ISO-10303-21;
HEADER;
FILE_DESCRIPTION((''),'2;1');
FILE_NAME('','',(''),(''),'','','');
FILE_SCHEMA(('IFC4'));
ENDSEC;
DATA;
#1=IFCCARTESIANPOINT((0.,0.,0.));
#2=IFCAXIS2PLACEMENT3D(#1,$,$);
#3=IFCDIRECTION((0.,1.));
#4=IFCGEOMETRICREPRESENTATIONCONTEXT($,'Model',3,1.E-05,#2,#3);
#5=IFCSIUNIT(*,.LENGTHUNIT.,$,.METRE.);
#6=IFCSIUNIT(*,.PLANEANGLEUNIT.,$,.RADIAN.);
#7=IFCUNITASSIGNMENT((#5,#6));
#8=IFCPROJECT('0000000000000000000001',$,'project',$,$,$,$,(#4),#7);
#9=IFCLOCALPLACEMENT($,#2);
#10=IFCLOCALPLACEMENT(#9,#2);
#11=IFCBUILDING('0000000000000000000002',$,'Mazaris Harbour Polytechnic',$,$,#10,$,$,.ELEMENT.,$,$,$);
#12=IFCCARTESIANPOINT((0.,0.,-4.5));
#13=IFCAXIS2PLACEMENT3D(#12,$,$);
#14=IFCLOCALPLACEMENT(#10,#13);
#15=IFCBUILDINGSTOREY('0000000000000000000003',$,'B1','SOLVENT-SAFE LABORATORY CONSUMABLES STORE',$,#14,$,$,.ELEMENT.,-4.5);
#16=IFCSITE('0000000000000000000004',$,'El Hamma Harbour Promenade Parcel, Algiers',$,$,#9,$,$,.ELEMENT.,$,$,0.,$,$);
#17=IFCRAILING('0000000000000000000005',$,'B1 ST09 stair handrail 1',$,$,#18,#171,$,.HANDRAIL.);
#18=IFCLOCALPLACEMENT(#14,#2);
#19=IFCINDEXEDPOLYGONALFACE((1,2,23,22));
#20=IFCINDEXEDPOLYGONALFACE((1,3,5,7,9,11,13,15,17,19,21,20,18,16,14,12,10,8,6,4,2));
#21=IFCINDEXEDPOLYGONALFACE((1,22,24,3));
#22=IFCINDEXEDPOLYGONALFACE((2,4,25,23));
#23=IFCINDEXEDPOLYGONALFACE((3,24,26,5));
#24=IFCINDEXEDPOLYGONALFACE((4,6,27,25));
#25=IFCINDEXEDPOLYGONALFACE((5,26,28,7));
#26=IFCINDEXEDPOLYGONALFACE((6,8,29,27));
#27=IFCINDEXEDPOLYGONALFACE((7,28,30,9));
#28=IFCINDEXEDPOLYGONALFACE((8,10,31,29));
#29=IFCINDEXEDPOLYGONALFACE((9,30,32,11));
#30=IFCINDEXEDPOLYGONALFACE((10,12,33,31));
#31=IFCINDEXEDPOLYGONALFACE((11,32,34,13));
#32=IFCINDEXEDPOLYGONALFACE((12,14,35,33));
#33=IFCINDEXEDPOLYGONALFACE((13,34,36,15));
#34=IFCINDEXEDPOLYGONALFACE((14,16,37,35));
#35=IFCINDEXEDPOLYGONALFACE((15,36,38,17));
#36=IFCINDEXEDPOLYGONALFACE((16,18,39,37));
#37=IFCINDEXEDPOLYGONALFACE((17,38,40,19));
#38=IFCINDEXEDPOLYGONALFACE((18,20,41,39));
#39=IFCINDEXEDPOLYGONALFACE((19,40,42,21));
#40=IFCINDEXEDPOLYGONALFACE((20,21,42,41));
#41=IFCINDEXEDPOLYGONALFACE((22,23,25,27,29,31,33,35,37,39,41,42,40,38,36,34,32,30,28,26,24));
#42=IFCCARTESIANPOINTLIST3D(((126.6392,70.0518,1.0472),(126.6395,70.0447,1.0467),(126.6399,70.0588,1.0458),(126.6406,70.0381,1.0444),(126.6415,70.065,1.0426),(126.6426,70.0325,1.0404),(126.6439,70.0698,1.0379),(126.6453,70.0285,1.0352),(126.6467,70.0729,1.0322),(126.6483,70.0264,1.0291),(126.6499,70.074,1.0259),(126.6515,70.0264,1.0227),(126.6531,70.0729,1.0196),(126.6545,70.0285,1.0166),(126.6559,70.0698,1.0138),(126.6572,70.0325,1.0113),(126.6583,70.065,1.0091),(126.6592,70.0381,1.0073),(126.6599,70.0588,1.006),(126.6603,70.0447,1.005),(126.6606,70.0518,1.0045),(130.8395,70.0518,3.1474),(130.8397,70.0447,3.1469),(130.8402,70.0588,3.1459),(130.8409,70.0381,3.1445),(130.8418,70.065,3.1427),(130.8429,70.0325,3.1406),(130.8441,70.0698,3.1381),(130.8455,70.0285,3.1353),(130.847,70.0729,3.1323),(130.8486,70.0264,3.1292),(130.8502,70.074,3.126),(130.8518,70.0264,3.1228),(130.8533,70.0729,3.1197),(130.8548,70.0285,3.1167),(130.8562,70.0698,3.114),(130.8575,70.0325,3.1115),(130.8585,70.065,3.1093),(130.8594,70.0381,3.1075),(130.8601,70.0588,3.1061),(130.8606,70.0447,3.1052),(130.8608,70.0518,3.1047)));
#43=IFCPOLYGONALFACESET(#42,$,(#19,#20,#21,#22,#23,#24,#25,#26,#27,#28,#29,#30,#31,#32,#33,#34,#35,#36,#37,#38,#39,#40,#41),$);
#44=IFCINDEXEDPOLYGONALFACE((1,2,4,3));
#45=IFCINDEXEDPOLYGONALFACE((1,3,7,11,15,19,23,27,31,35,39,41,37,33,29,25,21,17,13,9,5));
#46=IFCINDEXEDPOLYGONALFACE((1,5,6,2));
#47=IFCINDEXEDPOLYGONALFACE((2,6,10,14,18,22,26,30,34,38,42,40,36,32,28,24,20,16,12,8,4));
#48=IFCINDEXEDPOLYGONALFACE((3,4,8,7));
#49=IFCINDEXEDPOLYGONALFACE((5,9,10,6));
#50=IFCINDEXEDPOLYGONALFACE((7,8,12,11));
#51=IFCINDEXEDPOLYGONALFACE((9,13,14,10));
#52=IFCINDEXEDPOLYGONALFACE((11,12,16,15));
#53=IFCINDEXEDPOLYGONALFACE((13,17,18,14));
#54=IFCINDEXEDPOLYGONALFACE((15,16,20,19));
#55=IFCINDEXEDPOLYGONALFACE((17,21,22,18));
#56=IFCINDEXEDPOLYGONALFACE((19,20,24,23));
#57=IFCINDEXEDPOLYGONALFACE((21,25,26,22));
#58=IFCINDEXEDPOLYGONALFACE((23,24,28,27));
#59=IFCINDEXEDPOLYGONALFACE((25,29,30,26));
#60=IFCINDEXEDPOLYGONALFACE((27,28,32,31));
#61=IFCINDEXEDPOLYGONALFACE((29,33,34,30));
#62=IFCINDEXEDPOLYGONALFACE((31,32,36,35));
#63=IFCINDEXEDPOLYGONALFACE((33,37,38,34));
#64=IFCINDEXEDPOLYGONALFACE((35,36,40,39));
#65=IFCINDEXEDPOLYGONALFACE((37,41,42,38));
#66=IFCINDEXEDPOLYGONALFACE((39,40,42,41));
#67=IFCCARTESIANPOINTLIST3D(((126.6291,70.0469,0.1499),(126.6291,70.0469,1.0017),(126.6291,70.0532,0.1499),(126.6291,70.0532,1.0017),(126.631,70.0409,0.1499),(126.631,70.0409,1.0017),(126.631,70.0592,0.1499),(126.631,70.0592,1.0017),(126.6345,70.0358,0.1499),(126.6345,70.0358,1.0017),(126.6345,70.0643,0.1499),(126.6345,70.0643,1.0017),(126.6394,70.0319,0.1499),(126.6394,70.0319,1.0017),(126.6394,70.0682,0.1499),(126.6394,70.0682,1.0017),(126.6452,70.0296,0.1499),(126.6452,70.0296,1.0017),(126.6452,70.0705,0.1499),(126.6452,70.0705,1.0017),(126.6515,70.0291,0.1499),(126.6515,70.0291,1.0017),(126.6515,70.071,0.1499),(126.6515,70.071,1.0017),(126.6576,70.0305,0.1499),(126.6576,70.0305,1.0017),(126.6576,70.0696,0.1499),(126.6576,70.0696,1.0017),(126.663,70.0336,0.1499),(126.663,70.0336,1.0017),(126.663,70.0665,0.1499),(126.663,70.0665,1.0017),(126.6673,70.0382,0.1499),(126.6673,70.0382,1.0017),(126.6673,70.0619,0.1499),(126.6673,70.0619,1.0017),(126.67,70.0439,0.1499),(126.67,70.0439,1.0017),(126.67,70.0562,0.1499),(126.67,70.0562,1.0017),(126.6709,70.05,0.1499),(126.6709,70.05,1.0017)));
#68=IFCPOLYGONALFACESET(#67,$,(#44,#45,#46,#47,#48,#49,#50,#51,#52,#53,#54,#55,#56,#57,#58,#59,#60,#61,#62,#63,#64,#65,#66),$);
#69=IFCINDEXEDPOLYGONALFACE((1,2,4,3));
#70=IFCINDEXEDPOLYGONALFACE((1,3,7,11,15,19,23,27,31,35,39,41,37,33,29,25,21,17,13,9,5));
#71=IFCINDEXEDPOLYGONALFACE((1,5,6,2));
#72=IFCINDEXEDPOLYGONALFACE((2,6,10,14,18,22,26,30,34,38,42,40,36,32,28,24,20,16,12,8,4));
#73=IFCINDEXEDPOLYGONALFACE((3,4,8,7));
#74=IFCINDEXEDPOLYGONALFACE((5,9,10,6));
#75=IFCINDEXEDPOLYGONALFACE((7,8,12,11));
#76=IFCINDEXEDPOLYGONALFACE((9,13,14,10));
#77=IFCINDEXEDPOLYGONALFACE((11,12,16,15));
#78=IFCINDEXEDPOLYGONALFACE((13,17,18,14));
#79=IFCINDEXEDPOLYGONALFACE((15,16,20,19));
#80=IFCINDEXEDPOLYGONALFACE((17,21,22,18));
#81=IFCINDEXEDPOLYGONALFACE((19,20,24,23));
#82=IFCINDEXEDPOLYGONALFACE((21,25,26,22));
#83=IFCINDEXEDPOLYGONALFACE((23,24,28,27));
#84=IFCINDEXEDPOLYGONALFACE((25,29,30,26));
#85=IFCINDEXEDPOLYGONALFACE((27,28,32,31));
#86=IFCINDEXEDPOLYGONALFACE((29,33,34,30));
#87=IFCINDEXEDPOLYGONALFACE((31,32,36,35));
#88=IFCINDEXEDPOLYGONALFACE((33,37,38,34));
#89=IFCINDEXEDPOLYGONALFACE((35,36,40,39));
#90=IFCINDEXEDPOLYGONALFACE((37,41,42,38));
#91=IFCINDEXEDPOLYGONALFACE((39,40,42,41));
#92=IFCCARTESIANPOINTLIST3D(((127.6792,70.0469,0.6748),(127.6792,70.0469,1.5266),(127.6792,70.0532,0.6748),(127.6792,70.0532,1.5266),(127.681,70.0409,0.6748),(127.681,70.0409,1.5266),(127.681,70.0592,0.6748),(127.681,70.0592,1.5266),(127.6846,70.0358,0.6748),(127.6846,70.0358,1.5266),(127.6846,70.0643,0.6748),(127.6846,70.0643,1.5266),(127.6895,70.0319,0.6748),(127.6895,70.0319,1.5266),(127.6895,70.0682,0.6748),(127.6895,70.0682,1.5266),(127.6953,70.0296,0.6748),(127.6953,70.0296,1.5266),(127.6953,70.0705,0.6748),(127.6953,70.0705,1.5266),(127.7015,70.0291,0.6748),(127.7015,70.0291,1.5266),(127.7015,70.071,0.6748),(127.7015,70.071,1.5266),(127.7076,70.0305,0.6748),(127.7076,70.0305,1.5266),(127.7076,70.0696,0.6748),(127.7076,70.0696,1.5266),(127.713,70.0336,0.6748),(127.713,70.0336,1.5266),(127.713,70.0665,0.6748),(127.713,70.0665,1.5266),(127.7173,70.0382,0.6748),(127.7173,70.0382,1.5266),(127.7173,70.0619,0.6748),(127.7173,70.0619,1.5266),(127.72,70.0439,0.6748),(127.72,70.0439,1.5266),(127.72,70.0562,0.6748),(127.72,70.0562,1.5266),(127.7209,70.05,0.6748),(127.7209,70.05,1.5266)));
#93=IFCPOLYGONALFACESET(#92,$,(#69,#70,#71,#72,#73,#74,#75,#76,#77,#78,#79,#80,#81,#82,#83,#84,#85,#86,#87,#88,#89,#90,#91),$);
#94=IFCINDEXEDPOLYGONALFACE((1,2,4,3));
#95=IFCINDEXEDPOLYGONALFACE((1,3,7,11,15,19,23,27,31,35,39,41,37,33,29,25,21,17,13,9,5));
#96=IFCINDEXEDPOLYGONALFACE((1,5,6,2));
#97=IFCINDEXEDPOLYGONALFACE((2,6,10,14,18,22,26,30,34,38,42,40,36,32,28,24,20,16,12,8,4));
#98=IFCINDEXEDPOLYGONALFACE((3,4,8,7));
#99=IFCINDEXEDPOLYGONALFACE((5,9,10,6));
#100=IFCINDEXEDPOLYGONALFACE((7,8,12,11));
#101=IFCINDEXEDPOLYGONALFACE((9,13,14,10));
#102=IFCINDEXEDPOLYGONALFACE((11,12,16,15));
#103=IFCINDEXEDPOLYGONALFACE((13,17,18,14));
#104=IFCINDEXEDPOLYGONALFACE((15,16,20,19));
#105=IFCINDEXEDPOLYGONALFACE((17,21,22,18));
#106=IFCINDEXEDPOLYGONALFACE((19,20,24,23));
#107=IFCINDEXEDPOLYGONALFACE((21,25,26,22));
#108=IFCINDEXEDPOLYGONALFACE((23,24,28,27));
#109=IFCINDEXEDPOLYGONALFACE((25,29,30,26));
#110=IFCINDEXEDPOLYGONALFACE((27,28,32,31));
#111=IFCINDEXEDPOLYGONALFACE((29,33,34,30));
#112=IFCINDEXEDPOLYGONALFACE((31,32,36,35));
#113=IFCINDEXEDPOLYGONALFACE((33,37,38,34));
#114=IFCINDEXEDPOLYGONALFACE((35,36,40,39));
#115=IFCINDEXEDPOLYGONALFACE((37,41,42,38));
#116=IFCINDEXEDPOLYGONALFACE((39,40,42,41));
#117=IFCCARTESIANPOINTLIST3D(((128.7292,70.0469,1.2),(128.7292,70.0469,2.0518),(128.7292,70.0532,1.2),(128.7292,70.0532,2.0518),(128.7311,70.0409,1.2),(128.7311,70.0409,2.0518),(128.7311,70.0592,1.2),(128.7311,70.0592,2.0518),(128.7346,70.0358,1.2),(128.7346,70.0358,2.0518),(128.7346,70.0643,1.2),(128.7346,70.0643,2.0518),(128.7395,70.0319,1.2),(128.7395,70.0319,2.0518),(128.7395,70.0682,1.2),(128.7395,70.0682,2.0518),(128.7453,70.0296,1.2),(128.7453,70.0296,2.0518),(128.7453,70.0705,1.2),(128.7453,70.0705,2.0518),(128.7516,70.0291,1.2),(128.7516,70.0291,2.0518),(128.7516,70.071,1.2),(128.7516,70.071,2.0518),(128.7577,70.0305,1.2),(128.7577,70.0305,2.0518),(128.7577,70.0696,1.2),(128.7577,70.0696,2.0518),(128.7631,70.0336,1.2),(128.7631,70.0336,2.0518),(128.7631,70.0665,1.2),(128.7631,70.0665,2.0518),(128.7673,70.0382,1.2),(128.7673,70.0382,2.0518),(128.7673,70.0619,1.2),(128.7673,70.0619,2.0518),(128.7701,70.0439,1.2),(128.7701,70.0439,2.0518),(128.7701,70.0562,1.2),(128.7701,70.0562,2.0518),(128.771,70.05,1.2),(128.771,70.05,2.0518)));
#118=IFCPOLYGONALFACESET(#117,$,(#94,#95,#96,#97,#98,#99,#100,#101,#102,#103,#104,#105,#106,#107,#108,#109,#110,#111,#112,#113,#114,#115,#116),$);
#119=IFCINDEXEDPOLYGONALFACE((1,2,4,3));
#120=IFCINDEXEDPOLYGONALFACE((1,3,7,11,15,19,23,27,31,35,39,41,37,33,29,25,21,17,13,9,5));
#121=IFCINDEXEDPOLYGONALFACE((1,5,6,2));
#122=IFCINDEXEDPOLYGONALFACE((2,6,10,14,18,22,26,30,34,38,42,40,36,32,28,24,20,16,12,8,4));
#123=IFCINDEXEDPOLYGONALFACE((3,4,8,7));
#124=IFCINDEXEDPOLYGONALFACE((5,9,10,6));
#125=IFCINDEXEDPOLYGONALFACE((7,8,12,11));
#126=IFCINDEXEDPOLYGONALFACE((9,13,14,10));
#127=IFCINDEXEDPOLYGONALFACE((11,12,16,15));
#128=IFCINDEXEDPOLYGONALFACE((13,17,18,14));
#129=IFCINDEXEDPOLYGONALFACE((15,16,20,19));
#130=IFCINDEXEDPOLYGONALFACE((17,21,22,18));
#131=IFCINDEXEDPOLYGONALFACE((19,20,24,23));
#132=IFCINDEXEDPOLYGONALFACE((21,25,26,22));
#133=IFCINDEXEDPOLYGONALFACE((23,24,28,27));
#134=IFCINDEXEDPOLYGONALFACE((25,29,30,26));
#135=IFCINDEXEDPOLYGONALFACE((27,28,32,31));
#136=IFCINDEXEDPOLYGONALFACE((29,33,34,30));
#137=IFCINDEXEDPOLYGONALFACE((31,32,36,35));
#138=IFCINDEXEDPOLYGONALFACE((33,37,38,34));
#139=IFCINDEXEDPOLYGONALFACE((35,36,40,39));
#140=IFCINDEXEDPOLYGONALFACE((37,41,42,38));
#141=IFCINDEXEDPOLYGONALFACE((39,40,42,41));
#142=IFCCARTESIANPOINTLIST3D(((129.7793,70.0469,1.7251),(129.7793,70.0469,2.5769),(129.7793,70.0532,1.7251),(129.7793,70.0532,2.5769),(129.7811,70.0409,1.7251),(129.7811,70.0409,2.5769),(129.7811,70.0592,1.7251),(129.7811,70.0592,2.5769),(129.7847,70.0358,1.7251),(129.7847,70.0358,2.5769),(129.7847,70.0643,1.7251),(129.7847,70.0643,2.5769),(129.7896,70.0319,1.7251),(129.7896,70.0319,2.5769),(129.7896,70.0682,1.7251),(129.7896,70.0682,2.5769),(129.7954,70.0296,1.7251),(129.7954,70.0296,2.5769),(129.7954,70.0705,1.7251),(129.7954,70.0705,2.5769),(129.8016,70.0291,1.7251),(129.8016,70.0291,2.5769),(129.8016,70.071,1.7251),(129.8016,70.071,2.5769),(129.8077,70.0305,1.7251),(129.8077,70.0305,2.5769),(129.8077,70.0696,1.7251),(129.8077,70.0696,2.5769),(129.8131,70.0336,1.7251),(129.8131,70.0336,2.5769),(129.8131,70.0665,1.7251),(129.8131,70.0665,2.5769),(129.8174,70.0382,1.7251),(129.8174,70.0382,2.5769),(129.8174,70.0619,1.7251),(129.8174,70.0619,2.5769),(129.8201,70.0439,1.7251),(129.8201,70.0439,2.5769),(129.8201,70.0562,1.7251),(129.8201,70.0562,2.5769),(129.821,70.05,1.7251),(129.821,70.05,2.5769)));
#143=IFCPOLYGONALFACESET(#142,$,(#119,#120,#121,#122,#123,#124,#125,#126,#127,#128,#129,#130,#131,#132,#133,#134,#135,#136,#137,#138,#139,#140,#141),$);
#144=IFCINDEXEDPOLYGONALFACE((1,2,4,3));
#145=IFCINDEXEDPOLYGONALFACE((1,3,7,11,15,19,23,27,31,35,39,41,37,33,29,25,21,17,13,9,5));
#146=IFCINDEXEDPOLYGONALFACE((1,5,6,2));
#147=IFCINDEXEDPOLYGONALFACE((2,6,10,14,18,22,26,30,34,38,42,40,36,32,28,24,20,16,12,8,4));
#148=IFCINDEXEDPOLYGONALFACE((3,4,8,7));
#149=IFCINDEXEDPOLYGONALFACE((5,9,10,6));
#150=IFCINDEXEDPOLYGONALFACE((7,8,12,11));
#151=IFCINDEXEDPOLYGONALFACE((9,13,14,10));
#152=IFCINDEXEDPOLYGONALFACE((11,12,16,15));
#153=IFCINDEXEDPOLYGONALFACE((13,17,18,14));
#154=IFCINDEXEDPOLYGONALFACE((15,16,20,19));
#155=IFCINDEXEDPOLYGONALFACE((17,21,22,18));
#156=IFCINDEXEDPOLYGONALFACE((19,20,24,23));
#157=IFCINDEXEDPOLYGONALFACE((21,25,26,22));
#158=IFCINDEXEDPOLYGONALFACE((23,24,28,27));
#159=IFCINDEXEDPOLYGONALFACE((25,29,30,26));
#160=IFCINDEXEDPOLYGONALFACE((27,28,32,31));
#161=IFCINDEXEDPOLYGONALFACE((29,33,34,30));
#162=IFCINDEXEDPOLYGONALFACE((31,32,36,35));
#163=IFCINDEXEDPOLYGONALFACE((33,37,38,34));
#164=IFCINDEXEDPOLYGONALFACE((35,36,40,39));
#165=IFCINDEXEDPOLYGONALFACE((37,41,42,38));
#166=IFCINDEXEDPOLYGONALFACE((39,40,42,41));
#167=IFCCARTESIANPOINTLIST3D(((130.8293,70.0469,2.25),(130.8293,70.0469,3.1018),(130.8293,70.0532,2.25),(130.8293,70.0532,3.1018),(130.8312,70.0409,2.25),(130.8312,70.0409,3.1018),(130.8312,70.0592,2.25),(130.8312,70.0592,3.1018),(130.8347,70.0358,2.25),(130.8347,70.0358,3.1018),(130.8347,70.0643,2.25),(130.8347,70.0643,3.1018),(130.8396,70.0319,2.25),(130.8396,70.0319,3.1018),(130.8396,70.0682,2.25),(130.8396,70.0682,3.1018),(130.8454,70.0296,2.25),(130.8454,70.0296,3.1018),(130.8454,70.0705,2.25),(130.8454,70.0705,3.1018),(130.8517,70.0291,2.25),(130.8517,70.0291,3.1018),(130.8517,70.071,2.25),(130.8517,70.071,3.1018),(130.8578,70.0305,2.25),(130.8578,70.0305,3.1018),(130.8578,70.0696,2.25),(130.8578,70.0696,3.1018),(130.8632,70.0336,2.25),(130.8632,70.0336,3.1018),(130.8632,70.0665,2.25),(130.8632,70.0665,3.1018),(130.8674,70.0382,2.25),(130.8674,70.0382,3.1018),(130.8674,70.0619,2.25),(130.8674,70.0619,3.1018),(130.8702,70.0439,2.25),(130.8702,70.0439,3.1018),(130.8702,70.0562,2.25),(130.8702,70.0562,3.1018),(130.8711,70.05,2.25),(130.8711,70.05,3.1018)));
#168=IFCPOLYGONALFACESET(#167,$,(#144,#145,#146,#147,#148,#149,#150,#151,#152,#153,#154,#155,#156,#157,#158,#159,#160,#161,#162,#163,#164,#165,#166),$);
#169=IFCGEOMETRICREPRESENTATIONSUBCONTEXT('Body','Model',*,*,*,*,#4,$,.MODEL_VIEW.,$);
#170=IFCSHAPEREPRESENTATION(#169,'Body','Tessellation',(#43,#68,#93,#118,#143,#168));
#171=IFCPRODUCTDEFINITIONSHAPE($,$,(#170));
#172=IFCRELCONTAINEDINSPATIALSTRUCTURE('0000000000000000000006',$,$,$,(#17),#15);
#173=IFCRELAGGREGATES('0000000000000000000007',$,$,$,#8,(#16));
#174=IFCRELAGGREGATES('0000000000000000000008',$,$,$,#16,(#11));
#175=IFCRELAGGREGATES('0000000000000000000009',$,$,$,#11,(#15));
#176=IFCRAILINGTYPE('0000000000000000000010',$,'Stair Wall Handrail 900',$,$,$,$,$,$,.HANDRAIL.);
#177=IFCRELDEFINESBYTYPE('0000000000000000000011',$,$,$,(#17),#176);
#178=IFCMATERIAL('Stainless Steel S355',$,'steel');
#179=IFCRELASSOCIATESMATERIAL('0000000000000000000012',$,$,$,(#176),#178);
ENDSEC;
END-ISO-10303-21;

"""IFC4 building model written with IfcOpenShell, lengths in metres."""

from ifc_helpers import new_model, si_unit, direction, frame, origin, origin_2d, place, context, subcontext, project, spatial, circle, extrude, material, type_object, element, save


model = new_model("IFC4")

# Units and contexts
model_context = context("Model", 3, precision=1e-05, world=origin(), true_north=direction((0.0, 1.0)))
body_context = subcontext(model_context, "Body", "Model", "MODEL_VIEW")
ifc_project = project(units=[si_unit("LENGTHUNIT", "METRE"), si_unit("PLANEANGLEUNIT", "RADIAN")], contexts=[model_context])

# Site, building, storey
site_placement = place(None, origin())
site = spatial("IfcSite", under=ifc_project, at=site_placement, Name="El Hamma Harbour Promenade Parcel, Algiers", CompositionType="ELEMENT", RefElevation=0.0)
building_placement = place(site_placement, origin())
building = spatial("IfcBuilding", under=site, at=building_placement, Name="Mazaris Harbour Polytechnic", CompositionType="ELEMENT")
storey_placement = place(building_placement, frame((0.0, 0.0, -4.5)))
storey = spatial("IfcBuildingStorey", under=building, at=storey_placement, Name="B1", Description="SOLVENT-SAFE LABORATORY CONSUMABLES STORE", CompositionType="ELEMENT", Elevation=-4.5)

# Railing
ifc_material_1 = material(Name="Stainless Steel S355", Category="steel")
railing_type_1 = type_object("IfcRailingType", Name="Stair Wall Handrail 900", PredefinedType="HANDRAIL", material=ifc_material_1)
railing_1_placement = place(storey_placement, frame((126.6499, 70.05, 0.1499)))
element("IfcRailing", 1, at=railing_1_placement, inside=storey, type_object=railing_type_1, Name="B1 ST09 stair handrail 1", PredefinedType="HANDRAIL", context=body_context, shape_type="SweptSolid", body=[
    extrude(circle(Radius=0.0239, at=origin_2d()), frame((0.0, 0.0, 0.876), z_axis=(0.894427, 0.0, 0.447214), x_axis=(0.0, 1.0, 0.0)), (0.0, 0.0, 1.0), 4.696),
    extrude(circle(Radius=0.021, at=origin_2d()), origin(), (0.0, 0.0, 1.0), 0.8518),
    extrude(circle(Radius=0.021, at=origin_2d()), frame((1.05, 0.0, 0.5249)), (0.0, 0.0, 1.0), 0.8518),
    extrude(circle(Radius=0.021, at=origin_2d()), frame((2.1001, 0.0, 1.05)), (0.0, 0.0, 1.0), 0.8518),
    extrude(circle(Radius=0.021, at=origin_2d()), frame((3.1501, 0.0, 1.5752)), (0.0, 0.0, 1.0), 0.8518),
    extrude(circle(Radius=0.021, at=origin_2d()), frame((4.2002, 0.0, 2.1001)), (0.0, 0.0, 1.0), 0.8518),
])

save(model, "model.ifc")
